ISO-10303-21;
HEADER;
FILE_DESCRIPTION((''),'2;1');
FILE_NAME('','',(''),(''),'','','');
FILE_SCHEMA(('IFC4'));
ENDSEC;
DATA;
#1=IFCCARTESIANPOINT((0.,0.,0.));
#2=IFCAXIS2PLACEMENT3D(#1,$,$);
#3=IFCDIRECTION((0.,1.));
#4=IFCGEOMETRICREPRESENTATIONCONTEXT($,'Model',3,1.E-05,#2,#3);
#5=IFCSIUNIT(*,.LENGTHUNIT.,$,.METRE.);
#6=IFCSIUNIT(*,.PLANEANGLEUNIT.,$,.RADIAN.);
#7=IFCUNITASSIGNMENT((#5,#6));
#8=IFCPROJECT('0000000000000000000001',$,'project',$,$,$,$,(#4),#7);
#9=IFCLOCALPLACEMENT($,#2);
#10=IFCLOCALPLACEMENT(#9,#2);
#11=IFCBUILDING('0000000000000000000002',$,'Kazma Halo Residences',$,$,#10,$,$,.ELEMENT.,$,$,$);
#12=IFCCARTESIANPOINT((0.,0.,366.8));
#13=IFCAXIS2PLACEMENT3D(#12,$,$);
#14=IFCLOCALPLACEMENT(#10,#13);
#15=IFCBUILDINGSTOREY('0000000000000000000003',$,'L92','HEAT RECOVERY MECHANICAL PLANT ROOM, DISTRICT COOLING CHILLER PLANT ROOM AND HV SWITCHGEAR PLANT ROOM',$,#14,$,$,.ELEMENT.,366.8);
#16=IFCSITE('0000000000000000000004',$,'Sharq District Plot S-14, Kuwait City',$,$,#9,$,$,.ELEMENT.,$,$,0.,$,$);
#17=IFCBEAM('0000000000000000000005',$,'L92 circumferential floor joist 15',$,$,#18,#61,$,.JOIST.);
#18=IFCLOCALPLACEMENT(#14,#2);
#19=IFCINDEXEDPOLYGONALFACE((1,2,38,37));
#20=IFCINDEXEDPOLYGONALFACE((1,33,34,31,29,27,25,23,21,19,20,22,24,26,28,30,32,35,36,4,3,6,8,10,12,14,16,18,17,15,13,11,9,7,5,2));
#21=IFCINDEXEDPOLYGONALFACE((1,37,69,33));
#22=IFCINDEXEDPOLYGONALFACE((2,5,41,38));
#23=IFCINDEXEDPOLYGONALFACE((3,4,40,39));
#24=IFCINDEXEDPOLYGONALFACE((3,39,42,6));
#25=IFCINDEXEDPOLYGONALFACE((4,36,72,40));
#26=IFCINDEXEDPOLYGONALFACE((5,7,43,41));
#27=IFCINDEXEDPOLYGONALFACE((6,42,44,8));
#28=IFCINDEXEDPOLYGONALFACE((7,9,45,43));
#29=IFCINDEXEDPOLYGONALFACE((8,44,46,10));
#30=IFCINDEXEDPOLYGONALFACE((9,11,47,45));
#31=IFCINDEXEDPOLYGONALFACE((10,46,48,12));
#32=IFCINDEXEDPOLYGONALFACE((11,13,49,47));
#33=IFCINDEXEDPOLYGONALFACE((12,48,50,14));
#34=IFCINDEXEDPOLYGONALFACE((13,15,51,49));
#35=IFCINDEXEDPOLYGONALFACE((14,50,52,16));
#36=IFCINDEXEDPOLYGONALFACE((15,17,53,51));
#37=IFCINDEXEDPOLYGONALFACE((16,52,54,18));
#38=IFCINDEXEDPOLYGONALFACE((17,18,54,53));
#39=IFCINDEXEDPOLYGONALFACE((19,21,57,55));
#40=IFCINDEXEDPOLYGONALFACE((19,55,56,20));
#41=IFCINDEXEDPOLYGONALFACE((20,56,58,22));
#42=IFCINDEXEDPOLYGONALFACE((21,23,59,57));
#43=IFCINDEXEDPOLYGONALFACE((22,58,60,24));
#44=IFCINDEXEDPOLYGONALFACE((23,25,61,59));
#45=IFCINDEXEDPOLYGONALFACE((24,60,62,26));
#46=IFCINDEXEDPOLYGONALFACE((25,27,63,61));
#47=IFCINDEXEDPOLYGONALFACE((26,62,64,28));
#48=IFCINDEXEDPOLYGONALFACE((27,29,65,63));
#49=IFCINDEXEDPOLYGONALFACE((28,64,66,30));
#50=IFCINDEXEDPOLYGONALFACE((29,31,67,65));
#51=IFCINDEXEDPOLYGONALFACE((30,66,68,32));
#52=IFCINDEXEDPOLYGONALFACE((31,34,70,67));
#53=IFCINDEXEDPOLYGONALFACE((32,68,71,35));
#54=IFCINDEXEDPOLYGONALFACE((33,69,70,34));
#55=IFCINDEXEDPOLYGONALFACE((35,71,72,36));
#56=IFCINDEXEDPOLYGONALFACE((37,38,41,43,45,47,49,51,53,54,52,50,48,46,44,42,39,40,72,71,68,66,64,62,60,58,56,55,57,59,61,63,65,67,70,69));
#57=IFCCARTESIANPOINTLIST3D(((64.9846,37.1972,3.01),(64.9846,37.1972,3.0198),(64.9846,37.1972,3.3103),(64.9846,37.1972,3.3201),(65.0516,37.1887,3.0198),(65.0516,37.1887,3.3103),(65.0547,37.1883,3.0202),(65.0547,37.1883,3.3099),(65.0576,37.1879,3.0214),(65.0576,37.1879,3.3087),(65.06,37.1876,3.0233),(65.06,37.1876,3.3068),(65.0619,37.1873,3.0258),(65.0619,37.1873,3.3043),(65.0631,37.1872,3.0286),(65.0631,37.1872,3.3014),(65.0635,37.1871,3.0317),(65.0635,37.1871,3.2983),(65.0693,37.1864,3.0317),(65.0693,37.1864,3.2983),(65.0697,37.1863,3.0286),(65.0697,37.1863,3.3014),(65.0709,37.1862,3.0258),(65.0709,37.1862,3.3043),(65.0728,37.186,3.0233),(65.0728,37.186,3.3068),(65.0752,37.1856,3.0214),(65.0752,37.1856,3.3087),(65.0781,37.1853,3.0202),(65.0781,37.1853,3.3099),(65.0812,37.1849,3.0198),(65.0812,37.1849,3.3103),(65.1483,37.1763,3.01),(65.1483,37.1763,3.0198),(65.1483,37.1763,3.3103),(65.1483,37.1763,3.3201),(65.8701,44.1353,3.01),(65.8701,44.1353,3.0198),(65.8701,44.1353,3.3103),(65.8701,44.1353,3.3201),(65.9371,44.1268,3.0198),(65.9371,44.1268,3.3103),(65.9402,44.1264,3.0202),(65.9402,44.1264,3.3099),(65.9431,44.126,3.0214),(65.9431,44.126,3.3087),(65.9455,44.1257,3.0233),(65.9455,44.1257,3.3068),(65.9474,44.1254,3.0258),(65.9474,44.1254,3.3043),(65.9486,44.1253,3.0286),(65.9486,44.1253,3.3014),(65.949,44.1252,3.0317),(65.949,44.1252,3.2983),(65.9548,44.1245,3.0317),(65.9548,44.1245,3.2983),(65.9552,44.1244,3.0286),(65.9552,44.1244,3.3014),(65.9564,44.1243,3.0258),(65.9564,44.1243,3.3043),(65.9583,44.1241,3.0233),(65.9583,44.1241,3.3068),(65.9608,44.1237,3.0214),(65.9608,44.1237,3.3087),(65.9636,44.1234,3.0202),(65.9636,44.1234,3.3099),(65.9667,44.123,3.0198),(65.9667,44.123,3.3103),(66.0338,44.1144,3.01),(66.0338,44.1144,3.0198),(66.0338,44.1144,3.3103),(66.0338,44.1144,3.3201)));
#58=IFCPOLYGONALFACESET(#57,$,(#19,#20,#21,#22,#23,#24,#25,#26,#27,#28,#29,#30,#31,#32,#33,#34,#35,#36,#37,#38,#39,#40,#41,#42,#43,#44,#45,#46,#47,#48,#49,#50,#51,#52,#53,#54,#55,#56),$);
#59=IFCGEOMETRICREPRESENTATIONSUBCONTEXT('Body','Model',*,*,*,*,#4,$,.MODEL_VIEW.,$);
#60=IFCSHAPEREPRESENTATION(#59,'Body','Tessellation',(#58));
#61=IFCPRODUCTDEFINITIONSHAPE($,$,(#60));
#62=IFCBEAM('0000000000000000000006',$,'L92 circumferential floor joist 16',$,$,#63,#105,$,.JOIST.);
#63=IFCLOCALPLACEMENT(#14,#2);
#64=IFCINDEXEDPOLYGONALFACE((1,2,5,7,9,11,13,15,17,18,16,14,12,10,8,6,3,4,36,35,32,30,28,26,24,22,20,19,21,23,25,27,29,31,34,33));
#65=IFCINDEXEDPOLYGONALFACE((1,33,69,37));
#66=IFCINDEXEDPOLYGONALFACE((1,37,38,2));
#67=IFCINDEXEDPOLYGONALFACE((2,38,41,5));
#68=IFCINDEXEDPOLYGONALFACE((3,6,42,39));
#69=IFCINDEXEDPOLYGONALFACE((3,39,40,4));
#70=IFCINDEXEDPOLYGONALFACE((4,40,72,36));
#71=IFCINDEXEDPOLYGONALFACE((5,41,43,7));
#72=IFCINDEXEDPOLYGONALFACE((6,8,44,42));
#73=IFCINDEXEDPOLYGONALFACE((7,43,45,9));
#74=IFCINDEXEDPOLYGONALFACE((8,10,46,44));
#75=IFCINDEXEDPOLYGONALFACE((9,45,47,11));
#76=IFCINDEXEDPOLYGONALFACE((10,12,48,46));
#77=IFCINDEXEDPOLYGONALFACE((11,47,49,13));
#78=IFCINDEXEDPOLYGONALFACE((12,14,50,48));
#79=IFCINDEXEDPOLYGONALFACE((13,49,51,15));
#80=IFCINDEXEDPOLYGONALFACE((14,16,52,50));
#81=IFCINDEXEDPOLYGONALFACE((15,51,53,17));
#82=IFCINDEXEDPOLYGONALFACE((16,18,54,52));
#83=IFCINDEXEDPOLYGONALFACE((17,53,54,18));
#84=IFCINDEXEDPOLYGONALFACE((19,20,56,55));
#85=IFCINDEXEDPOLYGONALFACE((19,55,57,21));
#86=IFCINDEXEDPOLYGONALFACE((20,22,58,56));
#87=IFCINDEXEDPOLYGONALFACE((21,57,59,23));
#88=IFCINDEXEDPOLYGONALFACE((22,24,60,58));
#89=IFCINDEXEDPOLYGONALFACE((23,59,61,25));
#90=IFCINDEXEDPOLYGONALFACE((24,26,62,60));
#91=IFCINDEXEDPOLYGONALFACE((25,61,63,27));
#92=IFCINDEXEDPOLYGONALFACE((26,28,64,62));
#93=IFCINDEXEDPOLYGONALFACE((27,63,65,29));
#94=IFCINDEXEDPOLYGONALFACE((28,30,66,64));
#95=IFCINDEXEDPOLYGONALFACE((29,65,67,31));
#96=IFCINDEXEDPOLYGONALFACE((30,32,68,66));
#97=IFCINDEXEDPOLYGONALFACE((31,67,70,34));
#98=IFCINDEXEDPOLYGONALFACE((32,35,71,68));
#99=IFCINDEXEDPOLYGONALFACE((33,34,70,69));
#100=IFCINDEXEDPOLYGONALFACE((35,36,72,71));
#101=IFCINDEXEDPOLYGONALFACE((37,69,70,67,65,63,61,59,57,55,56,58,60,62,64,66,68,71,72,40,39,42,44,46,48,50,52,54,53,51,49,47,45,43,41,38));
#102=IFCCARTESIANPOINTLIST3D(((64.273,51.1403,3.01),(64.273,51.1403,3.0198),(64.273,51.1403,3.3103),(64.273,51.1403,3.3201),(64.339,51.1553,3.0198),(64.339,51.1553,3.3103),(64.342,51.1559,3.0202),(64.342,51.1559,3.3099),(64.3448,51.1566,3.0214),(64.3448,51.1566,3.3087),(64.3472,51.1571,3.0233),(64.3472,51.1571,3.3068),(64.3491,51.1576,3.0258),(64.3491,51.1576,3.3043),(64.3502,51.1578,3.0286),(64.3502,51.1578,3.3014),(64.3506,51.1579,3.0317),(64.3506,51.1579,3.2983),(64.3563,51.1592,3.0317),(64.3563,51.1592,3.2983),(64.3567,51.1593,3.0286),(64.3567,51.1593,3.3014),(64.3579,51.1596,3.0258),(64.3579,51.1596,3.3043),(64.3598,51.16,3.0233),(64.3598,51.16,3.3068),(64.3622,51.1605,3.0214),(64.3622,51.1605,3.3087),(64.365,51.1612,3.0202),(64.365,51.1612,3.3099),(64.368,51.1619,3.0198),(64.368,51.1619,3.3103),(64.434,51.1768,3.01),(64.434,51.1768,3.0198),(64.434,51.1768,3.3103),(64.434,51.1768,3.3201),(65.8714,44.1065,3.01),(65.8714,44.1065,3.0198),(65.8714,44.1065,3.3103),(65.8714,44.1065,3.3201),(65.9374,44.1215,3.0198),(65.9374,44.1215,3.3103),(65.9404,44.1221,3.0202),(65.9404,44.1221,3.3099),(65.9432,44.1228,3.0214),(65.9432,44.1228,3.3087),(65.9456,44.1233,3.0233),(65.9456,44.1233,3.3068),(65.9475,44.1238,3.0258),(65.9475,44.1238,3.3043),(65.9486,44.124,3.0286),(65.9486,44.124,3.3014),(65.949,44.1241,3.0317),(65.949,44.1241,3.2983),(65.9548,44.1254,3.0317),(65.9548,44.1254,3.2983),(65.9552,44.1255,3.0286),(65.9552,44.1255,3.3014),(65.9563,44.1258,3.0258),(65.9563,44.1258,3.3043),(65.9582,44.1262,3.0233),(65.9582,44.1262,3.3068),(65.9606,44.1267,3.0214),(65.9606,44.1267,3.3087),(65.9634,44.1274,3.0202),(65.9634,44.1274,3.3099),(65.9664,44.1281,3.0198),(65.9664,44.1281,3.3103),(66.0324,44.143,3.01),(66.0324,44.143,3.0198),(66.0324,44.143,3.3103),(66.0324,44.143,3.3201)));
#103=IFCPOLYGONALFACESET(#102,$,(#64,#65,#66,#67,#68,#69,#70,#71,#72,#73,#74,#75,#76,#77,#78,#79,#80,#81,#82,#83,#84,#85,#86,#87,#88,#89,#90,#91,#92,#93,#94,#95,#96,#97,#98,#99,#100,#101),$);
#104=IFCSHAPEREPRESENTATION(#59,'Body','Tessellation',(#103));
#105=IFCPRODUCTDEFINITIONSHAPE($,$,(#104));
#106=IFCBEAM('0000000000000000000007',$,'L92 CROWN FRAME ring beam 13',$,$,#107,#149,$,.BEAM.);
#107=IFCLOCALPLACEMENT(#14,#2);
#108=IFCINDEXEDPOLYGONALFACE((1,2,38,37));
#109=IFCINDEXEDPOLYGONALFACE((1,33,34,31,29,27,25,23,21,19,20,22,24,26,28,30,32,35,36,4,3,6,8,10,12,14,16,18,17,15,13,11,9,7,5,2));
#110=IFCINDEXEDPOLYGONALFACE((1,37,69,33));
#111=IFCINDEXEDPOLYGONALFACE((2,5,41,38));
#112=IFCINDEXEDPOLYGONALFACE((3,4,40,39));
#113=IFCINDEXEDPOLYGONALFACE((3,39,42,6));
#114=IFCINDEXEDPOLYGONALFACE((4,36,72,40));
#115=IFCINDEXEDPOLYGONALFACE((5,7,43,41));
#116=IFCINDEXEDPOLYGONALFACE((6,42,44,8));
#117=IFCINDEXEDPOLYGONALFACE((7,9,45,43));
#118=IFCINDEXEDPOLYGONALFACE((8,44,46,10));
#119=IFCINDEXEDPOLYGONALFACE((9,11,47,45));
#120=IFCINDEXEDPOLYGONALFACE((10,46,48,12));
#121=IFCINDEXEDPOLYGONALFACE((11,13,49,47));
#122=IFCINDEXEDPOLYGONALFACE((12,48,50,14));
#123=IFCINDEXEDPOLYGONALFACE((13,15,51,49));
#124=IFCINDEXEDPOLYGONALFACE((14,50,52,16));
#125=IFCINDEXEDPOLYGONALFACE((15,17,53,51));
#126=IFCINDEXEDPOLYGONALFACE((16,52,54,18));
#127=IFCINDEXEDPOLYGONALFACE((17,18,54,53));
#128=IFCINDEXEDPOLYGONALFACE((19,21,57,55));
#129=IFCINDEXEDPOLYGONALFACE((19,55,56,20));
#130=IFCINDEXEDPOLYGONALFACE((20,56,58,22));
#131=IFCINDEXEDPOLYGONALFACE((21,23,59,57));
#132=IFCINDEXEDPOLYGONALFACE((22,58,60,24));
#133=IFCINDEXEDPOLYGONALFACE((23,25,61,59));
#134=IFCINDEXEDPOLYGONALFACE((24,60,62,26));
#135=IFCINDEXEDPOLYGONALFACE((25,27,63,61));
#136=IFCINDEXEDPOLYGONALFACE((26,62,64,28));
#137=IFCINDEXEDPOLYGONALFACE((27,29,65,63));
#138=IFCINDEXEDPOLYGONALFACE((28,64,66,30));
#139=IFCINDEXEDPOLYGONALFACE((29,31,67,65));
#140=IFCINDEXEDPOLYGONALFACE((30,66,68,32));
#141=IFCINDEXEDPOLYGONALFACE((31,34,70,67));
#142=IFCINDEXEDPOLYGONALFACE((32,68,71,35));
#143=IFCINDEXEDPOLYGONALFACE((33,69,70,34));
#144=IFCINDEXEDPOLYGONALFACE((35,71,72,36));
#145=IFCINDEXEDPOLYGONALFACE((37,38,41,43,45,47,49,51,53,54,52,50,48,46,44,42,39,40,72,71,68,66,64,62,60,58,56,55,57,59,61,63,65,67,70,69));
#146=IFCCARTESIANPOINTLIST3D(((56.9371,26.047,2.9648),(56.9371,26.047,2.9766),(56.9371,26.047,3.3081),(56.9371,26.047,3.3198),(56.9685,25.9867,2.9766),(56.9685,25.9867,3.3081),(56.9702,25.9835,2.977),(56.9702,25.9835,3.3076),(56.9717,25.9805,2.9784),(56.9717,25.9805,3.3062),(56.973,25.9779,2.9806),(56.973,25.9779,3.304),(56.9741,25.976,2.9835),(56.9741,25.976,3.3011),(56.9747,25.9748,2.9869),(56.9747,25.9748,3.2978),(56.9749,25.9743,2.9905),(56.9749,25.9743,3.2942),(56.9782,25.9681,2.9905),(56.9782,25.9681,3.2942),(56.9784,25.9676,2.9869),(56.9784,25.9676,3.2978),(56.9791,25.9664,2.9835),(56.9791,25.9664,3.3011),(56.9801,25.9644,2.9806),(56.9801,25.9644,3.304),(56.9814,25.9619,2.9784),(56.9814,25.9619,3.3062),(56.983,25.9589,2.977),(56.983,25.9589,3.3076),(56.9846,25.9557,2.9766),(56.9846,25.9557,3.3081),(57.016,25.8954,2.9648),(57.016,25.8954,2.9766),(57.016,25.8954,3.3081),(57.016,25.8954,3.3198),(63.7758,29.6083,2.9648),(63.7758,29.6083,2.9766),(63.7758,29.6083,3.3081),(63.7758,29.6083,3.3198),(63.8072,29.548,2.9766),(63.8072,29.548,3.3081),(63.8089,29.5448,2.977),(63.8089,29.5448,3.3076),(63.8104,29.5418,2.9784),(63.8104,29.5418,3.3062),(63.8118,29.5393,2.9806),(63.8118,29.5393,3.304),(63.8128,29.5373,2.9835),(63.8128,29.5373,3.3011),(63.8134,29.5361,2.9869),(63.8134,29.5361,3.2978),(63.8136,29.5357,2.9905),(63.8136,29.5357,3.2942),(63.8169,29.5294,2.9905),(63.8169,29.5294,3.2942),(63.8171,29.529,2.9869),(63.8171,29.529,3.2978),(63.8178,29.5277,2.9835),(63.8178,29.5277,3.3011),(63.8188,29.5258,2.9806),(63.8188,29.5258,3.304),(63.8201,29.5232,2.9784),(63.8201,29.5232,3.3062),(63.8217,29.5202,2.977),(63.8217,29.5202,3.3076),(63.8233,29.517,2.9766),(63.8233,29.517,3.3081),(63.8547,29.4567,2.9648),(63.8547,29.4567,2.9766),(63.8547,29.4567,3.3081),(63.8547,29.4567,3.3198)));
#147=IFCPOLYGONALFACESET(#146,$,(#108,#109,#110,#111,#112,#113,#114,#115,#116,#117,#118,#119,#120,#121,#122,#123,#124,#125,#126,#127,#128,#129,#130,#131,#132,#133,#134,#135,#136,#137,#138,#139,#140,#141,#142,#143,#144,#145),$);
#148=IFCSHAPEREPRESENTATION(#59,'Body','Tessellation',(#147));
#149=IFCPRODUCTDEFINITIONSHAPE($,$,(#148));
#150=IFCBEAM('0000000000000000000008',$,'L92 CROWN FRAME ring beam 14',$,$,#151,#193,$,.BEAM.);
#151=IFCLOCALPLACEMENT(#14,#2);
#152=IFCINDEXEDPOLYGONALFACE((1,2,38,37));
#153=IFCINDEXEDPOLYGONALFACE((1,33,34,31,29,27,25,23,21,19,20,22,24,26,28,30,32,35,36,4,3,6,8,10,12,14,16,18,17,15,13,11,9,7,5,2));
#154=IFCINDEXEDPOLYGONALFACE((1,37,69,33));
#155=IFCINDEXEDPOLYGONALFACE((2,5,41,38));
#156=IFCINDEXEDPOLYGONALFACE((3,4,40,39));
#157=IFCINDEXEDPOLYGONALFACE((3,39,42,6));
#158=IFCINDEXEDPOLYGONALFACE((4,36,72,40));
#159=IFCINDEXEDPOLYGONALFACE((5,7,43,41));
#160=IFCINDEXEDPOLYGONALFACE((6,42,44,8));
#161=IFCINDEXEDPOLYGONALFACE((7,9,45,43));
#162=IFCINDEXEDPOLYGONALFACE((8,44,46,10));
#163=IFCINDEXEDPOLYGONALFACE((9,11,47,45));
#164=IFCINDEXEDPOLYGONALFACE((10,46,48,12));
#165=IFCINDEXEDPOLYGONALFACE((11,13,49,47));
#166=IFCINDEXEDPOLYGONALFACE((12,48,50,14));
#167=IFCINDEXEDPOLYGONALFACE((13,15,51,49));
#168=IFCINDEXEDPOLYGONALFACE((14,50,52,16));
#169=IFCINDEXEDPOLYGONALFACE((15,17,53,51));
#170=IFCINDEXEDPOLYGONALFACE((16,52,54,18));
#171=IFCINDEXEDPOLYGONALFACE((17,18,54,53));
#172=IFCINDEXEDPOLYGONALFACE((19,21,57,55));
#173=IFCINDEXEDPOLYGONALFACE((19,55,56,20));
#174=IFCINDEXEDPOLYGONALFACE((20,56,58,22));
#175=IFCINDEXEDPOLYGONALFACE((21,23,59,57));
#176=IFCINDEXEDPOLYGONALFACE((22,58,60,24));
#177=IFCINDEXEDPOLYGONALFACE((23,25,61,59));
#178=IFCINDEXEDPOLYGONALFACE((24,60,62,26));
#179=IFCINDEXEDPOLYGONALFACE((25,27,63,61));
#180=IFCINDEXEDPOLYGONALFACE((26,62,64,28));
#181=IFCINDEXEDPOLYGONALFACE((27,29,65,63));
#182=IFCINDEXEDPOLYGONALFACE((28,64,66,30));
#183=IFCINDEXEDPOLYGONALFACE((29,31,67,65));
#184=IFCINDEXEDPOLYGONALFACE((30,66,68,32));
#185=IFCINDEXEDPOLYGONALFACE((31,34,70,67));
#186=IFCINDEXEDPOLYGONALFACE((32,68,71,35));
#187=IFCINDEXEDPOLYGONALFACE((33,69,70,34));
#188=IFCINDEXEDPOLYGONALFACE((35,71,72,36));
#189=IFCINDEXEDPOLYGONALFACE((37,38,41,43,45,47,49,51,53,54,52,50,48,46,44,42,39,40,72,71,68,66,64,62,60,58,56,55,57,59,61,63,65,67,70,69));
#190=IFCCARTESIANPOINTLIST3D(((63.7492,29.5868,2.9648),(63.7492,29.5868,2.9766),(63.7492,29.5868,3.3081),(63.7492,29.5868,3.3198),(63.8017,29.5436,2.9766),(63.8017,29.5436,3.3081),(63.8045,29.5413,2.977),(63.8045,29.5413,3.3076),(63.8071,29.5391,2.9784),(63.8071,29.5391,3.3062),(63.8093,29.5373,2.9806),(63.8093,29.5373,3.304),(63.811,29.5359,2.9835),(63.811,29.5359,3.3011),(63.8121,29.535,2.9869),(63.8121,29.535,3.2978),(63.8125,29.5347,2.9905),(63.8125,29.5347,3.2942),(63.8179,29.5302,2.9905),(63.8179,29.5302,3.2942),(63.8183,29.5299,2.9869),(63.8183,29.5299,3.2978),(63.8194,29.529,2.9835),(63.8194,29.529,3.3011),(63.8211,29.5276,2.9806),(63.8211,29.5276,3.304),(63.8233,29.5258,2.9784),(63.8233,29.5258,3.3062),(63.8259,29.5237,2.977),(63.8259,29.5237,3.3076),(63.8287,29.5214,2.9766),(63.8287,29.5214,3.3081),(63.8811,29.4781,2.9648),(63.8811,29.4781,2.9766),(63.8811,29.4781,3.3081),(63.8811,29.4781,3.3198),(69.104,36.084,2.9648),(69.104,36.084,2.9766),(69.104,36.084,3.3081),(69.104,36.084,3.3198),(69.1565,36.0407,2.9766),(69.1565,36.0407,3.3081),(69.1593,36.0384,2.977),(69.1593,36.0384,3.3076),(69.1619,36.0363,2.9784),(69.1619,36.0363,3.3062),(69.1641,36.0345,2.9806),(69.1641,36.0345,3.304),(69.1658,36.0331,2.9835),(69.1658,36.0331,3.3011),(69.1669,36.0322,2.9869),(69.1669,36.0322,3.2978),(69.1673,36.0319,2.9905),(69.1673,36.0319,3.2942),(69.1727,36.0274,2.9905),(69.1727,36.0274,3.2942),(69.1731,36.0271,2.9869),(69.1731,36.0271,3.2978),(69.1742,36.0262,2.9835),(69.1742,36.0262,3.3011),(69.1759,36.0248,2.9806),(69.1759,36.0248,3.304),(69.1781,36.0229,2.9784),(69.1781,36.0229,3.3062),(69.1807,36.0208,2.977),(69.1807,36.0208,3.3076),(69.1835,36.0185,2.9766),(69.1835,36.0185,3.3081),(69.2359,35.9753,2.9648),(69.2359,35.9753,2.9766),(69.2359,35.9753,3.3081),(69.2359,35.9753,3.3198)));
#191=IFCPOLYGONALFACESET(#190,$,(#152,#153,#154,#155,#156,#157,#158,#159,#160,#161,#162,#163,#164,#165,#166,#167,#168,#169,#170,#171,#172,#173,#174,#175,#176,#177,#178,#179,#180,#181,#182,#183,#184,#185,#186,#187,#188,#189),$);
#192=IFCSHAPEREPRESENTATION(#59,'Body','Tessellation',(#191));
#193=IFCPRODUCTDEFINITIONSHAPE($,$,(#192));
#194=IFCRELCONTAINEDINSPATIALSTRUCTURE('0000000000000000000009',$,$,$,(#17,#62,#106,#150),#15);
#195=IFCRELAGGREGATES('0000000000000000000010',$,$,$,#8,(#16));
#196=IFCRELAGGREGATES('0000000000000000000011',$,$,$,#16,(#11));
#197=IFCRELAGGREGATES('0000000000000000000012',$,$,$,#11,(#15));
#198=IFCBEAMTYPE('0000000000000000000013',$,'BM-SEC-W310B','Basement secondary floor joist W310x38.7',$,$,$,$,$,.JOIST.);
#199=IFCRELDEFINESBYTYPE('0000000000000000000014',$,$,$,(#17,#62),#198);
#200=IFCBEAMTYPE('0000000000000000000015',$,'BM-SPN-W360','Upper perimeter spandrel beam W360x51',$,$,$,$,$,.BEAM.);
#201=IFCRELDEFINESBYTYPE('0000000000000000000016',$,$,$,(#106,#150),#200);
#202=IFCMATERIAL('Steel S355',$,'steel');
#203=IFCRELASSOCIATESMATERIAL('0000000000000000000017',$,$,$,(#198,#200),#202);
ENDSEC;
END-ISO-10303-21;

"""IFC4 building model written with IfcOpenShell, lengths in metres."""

from ifc_helpers import new_model, si_unit, direction, frame, origin, origin_2d, place, context, subcontext, project, spatial, i_section, extrude, material, material_profile, profile_set, type_object, element, save


model = new_model("IFC4")

# Units and contexts
model_context = context("Model", 3, precision=1e-05, world=origin(), true_north=direction((0.0, 1.0)))
body_context = subcontext(model_context, "Body", "Model", "MODEL_VIEW")
ifc_project = project(units=[si_unit("LENGTHUNIT", "METRE"), si_unit("PLANEANGLEUNIT", "RADIAN")], contexts=[model_context])

# Site, building, storey
site_placement = place(None, origin())
site = spatial("IfcSite", under=ifc_project, at=site_placement, Name="Sharq District Plot S-14, Kuwait City", CompositionType="ELEMENT", RefElevation=0.0)
building_placement = place(site_placement, origin())
building = spatial("IfcBuilding", under=site, at=building_placement, Name="Kazma Halo Residences", CompositionType="ELEMENT")
storey_placement = place(building_placement, frame((0.0, 0.0, 366.8)))
storey = spatial("IfcBuildingStorey", under=building, at=storey_placement, Name="L92", Description="HEAT RECOVERY MECHANICAL PLANT ROOM, DISTRICT COOLING CHILLER PLANT ROOM AND HV SWITCHGEAR PLANT ROOM", CompositionType="ELEMENT", Elevation=366.8)

# Shared definitions
ifc_material_1 = material(Name="Steel S355", Category="steel")

# Beams
ifc_material_profile_1 = material_profile(ifc_material_1, i_section(OverallWidth=0.165, OverallDepth=0.3101, WebThickness=0.0059, FlangeThickness=0.0098, FilletRadius=0.012, at=origin_2d()), Name="W310x38.7")
ifc_profile_set_1 = profile_set([ifc_material_profile_1], Name="Steel S355")
beam_type_1 = type_object("IfcBeamType", Name="BM-SEC-W310B", Description="Basement secondary floor joist W310x38.7", PredefinedType="JOIST", material=ifc_profile_set_1)
beam_1_placement = place(storey_placement, frame((65.0664, 37.1868, 3.165), z_axis=(0.126603, 0.991953, 0.0), x_axis=(-0.991953, 0.126603, 0.0)))
element("IfcBeam", 1, at=beam_1_placement, inside=storey, type_object=beam_type_1, Name="L92 circumferential floor joist 15", PredefinedType="JOIST", context=body_context, shape_type="SweptSolid", body=[
    extrude(i_section(OverallWidth=0.165, OverallDepth=0.3101, WebThickness=0.0059, FlangeThickness=0.0098, FilletRadius=0.012, at=origin_2d()), origin(), (0.0, 0.0, 1.0), 6.9944),
])
beam_2_placement = place(storey_placement, frame((65.9519, 44.1248, 3.165), z_axis=(-0.221598, 0.975138, 0.0), x_axis=(-0.975138, -0.221598, 0.0)))
element("IfcBeam", 2, at=beam_2_placement, inside=storey, type_object=beam_type_1, Name="L92 circumferential floor joist 16", PredefinedType="JOIST", context=body_context, shape_type="SweptSolid", body=[
    extrude(i_section(OverallWidth=0.165, OverallDepth=0.3101, WebThickness=0.0059, FlangeThickness=0.0098, FilletRadius=0.012, at=origin_2d()), origin(), (0.0, 0.0, 1.0), 7.2131),
])
ifc_material_profile_2 = material_profile(ifc_material_1, i_section(OverallWidth=0.1709, OverallDepth=0.355, WebThickness=0.0071, FlangeThickness=0.0117, FilletRadius=0.0139, at=origin_2d()), Name="W360x51")
ifc_profile_set_2 = profile_set([ifc_material_profile_2], Name="Steel S355")
beam_type_2 = type_object("IfcBeamType", Name="BM-SPN-W360", Description="Upper perimeter spandrel beam W360x51", PredefinedType="BEAM", material=ifc_profile_set_2)
beam_3_placement = place(storey_placement, frame((56.9766, 25.9712, 3.1423), z_axis=(0.886941, 0.461883, 0.0), x_axis=(-0.461883, 0.886941, 0.0)))
element("IfcBeam", 3, at=beam_3_placement, inside=storey, type_object=beam_type_2, Name="L92 CROWN FRAME ring beam 13", PredefinedType="BEAM", context=body_context, shape_type="SweptSolid", body=[
    extrude(i_section(OverallWidth=0.1709, OverallDepth=0.355, WebThickness=0.0071, FlangeThickness=0.0117, FilletRadius=0.0139, at=origin_2d()), origin(), (0.0, 0.0, 1.0), 7.7104),
])
beam_4_placement = place(storey_placement, frame((63.8152, 29.5325, 3.1423), z_axis=(0.636005, 0.771685, 0.0), x_axis=(-0.771685, 0.636005, 0.0)))
element("IfcBeam", 4, at=beam_4_placement, inside=storey, type_object=beam_type_2, Name="L92 CROWN FRAME ring beam 14", PredefinedType="BEAM", context=body_context, shape_type="SweptSolid", body=[
    extrude(i_section(OverallWidth=0.1709, OverallDepth=0.355, WebThickness=0.0071, FlangeThickness=0.0117, FilletRadius=0.0139, at=origin_2d()), origin(), (0.0, 0.0, 1.0), 8.4194),
])

save(model, "model.ifc")
